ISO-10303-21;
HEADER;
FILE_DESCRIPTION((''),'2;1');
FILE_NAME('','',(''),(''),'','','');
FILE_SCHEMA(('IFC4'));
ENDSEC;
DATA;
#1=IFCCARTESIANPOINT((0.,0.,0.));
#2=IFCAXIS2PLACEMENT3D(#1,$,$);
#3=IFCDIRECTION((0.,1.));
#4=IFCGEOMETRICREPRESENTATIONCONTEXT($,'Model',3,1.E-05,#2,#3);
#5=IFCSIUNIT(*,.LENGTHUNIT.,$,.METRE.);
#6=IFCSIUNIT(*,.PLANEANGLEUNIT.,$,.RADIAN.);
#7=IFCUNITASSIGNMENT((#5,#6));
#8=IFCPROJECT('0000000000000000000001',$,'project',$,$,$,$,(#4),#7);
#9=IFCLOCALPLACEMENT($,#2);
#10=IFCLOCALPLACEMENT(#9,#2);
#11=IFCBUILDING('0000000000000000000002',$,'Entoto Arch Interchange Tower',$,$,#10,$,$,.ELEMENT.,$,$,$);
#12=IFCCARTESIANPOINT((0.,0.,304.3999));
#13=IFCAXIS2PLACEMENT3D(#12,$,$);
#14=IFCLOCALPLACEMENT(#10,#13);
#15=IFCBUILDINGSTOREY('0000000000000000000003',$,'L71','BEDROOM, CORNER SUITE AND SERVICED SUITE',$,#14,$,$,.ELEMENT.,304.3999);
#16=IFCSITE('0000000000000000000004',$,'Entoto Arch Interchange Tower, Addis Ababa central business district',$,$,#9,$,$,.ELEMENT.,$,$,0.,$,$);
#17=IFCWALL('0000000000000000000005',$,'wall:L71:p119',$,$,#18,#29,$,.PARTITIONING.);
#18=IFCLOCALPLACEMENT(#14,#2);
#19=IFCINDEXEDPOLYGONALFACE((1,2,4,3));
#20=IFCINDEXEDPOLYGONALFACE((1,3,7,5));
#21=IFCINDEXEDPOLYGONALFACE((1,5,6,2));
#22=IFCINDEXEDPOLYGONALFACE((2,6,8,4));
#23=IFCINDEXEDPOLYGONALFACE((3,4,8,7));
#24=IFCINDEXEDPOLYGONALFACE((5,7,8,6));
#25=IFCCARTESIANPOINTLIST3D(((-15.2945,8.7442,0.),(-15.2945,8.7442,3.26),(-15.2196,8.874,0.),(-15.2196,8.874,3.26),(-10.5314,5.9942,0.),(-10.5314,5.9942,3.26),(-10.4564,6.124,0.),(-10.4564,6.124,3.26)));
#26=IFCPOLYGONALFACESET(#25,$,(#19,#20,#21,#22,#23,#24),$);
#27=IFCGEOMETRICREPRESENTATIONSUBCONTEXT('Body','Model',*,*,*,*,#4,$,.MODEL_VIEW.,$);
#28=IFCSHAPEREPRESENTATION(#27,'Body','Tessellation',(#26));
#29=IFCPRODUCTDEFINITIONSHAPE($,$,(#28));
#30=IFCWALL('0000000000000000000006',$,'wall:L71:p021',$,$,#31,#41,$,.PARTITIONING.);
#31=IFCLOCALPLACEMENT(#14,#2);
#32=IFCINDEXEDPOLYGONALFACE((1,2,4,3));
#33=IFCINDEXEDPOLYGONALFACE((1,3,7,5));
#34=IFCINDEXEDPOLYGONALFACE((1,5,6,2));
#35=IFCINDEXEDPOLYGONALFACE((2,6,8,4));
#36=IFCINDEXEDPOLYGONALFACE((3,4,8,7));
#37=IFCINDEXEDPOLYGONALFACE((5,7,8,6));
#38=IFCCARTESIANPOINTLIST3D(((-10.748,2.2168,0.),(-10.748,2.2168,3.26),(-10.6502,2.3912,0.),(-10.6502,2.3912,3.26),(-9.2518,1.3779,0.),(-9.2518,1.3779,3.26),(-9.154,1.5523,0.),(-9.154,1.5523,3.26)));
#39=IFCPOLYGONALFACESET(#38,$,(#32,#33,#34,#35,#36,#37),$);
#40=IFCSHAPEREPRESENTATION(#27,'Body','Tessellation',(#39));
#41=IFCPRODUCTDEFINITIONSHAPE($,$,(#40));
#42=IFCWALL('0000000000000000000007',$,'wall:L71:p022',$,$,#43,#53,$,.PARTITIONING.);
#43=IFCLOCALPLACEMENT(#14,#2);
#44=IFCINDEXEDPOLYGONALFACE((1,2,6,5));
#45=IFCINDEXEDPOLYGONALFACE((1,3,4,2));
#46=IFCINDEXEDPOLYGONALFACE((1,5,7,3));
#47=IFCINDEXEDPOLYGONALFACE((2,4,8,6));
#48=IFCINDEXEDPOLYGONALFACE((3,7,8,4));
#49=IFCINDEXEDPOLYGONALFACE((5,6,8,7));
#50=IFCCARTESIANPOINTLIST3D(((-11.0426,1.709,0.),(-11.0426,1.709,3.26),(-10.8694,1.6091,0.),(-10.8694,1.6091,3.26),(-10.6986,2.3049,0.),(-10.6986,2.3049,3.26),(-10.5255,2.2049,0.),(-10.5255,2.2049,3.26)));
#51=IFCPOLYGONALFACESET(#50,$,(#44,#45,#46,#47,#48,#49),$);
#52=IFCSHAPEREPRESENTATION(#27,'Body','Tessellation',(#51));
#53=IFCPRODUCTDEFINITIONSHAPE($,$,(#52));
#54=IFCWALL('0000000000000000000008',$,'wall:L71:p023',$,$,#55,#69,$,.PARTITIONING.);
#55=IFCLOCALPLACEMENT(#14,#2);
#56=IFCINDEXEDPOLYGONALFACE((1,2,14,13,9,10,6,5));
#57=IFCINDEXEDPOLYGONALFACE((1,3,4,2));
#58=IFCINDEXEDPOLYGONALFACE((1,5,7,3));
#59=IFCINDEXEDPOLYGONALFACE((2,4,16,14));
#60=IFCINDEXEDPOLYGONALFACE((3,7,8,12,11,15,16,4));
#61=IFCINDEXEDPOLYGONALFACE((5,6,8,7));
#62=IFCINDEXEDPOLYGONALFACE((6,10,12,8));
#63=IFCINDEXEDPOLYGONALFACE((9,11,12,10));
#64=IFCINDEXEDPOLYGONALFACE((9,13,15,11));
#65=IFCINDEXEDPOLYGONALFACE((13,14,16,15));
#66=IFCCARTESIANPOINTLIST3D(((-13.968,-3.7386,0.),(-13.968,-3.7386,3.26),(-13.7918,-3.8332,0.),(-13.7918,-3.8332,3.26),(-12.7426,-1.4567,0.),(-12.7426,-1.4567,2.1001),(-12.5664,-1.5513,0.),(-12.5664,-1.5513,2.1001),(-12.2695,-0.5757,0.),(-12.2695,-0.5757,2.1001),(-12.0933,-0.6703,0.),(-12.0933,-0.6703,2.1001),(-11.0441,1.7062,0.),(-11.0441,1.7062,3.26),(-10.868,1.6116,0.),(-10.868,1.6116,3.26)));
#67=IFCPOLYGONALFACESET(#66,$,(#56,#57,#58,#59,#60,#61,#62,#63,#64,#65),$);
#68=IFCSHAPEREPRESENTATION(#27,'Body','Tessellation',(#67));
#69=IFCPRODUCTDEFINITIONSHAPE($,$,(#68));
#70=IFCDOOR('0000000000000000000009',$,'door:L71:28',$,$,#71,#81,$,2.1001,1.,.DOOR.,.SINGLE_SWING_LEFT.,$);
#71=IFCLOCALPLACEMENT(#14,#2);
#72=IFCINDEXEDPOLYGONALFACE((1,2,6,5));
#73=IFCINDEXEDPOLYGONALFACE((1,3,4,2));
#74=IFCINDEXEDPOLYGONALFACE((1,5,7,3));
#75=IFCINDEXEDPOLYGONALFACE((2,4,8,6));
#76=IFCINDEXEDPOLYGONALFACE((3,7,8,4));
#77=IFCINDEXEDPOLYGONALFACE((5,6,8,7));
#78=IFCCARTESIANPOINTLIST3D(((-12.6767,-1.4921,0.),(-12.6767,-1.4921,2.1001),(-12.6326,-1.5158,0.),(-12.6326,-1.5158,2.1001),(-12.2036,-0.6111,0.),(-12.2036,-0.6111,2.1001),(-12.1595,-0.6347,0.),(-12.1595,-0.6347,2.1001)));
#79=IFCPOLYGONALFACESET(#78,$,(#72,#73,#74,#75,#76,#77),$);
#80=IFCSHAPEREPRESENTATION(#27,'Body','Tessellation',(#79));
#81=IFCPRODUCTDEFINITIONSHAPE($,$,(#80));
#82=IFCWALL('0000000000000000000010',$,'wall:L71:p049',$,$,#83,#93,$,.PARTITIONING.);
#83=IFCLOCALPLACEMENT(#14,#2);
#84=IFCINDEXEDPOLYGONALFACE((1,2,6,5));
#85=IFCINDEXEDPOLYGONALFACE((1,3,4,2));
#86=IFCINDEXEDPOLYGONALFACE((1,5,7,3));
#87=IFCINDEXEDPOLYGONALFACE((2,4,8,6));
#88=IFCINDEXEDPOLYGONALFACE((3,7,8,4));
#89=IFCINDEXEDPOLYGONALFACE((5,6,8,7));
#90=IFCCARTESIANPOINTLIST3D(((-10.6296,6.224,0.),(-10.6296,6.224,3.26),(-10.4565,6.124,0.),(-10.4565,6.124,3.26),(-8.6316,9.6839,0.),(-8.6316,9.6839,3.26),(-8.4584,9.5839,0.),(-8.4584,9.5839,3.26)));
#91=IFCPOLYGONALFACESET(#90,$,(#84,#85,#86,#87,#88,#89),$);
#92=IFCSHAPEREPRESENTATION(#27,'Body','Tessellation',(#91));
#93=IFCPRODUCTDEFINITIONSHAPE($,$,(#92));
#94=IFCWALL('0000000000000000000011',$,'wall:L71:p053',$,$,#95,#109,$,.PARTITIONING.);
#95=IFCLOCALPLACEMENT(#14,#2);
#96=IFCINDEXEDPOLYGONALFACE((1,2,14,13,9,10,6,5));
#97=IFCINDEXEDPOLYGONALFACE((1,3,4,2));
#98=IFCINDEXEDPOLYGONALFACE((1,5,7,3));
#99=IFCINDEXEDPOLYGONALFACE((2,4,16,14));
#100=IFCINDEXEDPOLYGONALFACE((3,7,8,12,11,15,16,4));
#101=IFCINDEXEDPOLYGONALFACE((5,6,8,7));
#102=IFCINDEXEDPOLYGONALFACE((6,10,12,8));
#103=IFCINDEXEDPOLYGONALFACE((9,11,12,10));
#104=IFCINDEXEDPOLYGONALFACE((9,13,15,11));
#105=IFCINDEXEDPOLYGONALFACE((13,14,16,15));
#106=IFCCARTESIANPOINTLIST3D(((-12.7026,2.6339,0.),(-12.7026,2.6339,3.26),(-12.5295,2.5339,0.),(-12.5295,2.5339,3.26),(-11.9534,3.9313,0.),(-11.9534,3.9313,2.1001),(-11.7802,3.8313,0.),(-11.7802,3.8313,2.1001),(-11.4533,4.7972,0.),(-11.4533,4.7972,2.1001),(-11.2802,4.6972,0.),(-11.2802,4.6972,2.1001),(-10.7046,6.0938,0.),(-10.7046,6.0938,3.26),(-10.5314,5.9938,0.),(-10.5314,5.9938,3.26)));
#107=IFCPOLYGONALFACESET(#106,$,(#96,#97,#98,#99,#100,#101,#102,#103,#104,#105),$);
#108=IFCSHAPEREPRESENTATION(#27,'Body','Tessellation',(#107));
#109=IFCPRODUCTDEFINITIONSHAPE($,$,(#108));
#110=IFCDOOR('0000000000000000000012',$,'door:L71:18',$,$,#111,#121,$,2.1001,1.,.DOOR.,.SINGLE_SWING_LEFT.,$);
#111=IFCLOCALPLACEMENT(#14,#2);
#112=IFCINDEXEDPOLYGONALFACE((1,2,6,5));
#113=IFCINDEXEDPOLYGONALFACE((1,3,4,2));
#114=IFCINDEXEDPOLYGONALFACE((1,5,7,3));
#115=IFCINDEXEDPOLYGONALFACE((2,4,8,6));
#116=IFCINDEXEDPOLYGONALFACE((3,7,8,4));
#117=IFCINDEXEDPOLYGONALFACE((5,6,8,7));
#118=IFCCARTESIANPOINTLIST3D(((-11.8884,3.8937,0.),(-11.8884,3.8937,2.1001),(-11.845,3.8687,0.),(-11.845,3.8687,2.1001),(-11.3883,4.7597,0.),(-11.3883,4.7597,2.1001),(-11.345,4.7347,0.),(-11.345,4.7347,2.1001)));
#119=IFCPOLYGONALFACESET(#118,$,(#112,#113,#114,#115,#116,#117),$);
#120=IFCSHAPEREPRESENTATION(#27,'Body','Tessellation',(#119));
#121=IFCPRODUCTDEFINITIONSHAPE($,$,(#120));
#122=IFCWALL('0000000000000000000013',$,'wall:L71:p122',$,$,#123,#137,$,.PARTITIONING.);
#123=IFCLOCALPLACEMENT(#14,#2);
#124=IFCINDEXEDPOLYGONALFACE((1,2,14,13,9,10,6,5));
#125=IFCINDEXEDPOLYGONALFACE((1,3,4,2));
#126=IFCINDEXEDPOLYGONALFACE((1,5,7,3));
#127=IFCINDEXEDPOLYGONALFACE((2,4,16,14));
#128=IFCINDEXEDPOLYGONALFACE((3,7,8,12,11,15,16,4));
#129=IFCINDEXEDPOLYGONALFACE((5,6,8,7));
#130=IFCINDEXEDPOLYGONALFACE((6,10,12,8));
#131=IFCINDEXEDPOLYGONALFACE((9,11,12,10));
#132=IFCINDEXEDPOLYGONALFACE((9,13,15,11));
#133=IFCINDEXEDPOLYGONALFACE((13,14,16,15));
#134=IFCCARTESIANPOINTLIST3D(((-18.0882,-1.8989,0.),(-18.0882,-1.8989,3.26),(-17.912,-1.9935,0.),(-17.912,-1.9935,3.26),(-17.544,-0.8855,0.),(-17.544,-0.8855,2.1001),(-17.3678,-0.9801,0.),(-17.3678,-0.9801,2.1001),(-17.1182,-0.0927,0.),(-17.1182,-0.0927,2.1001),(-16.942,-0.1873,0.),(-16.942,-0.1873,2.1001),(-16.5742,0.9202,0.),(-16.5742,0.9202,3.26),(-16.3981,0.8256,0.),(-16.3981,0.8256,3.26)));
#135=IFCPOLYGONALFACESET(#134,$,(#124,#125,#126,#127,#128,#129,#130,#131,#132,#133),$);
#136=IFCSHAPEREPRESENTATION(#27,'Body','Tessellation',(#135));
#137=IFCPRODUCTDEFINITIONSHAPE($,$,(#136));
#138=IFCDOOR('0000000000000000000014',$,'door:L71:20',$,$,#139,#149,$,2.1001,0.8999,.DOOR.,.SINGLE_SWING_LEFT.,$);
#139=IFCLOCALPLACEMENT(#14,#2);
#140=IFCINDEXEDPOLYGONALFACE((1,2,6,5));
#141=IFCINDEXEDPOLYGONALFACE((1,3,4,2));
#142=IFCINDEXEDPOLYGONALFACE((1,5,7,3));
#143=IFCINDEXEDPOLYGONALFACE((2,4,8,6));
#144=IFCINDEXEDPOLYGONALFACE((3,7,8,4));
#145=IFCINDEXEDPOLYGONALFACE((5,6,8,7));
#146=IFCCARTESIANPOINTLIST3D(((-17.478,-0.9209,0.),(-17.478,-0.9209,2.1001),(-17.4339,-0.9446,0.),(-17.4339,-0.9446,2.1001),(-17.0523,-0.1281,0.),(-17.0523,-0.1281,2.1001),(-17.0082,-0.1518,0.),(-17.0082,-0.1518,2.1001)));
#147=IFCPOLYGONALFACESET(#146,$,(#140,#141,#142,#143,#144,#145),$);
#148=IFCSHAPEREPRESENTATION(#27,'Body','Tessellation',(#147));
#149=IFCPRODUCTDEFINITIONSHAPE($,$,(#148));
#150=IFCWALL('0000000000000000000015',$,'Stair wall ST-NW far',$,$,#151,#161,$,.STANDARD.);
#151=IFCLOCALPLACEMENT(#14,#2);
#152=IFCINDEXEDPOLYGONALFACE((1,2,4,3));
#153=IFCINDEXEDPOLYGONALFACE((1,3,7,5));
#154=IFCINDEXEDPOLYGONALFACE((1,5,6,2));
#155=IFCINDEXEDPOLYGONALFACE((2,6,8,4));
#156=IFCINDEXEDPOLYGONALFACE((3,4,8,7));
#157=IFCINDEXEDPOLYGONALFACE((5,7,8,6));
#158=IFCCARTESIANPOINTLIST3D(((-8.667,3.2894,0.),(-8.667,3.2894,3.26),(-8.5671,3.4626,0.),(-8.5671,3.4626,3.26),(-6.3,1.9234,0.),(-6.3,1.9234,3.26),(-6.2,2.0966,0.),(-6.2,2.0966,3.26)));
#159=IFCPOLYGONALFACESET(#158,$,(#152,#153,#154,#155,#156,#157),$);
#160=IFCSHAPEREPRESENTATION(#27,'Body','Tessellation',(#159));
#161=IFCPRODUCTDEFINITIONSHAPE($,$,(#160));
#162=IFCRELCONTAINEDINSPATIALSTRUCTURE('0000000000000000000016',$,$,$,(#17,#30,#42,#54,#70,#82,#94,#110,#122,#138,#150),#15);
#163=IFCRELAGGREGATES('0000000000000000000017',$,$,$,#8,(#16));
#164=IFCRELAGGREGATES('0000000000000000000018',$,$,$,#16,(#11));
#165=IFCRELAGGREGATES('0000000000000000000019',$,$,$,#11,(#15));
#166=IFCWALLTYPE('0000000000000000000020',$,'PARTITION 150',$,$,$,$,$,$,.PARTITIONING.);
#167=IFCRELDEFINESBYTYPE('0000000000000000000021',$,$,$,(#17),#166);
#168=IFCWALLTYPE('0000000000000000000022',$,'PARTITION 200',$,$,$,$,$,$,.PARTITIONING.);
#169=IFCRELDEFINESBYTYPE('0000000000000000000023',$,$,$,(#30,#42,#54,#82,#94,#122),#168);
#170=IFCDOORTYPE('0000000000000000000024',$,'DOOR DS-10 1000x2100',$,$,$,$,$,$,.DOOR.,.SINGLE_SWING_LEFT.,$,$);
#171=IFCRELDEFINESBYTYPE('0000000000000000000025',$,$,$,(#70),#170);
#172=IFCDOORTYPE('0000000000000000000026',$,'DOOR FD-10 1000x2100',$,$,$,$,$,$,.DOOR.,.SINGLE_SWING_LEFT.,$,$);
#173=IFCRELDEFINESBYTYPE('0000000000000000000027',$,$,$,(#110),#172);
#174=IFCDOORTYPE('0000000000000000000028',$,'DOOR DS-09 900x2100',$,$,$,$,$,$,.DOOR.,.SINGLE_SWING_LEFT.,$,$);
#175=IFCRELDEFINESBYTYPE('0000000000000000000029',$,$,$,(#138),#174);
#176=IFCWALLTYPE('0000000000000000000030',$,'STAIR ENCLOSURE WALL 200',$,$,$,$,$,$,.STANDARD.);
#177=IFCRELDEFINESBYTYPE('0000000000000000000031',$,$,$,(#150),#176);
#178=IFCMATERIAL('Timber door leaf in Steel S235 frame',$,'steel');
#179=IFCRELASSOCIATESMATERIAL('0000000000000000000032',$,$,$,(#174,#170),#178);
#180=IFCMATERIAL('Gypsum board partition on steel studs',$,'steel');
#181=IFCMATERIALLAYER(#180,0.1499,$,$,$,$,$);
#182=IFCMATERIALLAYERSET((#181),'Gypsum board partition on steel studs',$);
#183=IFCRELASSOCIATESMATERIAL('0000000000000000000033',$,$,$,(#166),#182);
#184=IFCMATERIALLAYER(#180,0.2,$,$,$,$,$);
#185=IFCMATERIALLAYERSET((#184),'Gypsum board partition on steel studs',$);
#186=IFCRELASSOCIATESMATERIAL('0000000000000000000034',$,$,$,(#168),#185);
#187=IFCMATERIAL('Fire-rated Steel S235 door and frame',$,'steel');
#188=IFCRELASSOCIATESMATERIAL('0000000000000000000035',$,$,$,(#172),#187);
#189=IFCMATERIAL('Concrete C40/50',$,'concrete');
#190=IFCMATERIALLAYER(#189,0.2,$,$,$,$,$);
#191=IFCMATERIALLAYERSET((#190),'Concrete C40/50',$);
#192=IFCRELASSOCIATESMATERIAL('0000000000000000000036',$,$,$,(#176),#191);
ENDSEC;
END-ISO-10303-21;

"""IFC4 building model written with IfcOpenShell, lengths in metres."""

from ifc_helpers import new_model, si_unit, direction, frame, frame_2d, origin, place, context, subcontext, project, spatial, rectangle, extrude, material, layer, layer_set, type_object, element, fill, save


model = new_model("IFC4")

# Units and contexts
model_context = context("Model", 3, precision=1e-05, world=origin(), true_north=direction((0.0, 1.0)))
body_context = subcontext(model_context, "Body", "Model", "MODEL_VIEW")
ifc_project = project(units=[si_unit("LENGTHUNIT", "METRE"), si_unit("PLANEANGLEUNIT", "RADIAN")], contexts=[model_context])

# Site, building, storey
site_placement = place(None, origin())
site = spatial("IfcSite", under=ifc_project, at=site_placement, Name="Entoto Arch Interchange Tower, Addis Ababa central business district", CompositionType="ELEMENT", RefElevation=0.0)
building_placement = place(site_placement, origin())
building = spatial("IfcBuilding", under=site, at=building_placement, Name="Entoto Arch Interchange Tower", CompositionType="ELEMENT")
storey_placement = place(building_placement, frame((0.0, 0.0, 304.3999)))
storey = spatial("IfcBuildingStorey", under=building, at=storey_placement, Name="L71", Description="BEDROOM, CORNER SUITE AND SERVICED SUITE", CompositionType="ELEMENT", Elevation=304.3999)

# Shared definitions
ifc_material_1 = material(Name="Concrete C40/50", Category="concrete")

# Shared definitions
ifc_material_2 = material(Name="Fire-rated Steel S235 door and frame", Category="steel")

# Shared definitions
ifc_material_3 = material(Name="Gypsum board partition on steel studs", Category="steel")
ifc_material_4 = material(Name="Timber door leaf in Steel S235 frame", Category="steel")
door_type_1 = type_object("IfcDoorType", Name="DOOR DS-09 900x2100", OperationType="SINGLE_SWING_LEFT", PredefinedType="DOOR", material=ifc_material_4)

# Walls
ifc_layer_1 = layer(ifc_material_3, 0.1499)
ifc_layer_set_1 = layer_set([ifc_layer_1], Name="Gypsum board partition on steel studs")
wall_type_1 = type_object("IfcWallType", Name="PARTITION 150", PredefinedType="PARTITIONING", material=ifc_layer_set_1)
wall_1_placement = place(storey_placement, frame((-10.4939, 6.0591, 0.0), z_axis=(0.0, 0.0, 1.0), x_axis=(-0.866027, 0.499997, 0.0)))
element("IfcWall", 1, at=wall_1_placement, inside=storey, type_object=wall_type_1, Name="wall:L71:p119", PredefinedType="PARTITIONING", context=body_context, shape_type="SweptSolid", body=[
    extrude(rectangle(XDim=5.5, YDim=0.1499, at=frame_2d((2.75, 0.0))), origin(), (0.0, 0.0, 1.0), 3.26),
])
ifc_layer_2 = layer(ifc_material_3, 0.2)
ifc_layer_set_2 = layer_set([ifc_layer_2], Name="Gypsum board partition on steel studs")
wall_type_2 = type_object("IfcWallType", Name="PARTITION 200", PredefinedType="PARTITIONING", material=ifc_layer_set_2)
wall_2_placement = place(storey_placement, frame((-9.2029, 1.4651, 0.0), z_axis=(0.0, 0.0, 1.0), x_axis=(-0.872244, 0.489071, 0.0)))
element("IfcWall", 2, at=wall_2_placement, inside=storey, type_object=wall_type_2, Name="wall:L71:p021", PredefinedType="PARTITIONING", context=body_context, shape_type="SweptSolid", body=[
    extrude(rectangle(XDim=1.7153, YDim=0.2, at=frame_2d((0.8577, 0.0))), origin(), (0.0, 0.0, 1.0), 3.26),
])
wall_3_placement = place(storey_placement, frame((-10.6121, 2.2549, 0.0), z_axis=(0.0, 0.0, 1.0), x_axis=(-0.499917, -0.866073, 0.0)))
element("IfcWall", 3, at=wall_3_placement, inside=storey, type_object=wall_type_2, Name="wall:L71:p022", PredefinedType="PARTITIONING", context=body_context, shape_type="SweptSolid", body=[
    extrude(rectangle(XDim=0.688, YDim=0.2, at=frame_2d((0.344, 0.0))), origin(), (0.0, 0.0, 1.0), 3.26),
])

# Wall, opening, door
wall_4_placement = place(storey_placement, frame((-10.9561, 1.6589, 0.0), z_axis=(0.0, 0.0, 1.0), x_axis=(-0.473096, -0.881011, 0.0)))
wall_4 = element("IfcWall", 4, at=wall_4_placement, inside=storey, type_object=wall_type_2, Name="wall:L71:p023", PredefinedType="PARTITIONING", context=body_context, shape_type="SweptSolid", body=[
    extrude(rectangle(XDim=6.1802, YDim=0.2, at=frame_2d((3.0901, 0.0))), origin(), (0.0, 0.0, 1.0), 3.26),
])
opening_1_placement = place(wall_4_placement, frame((2.5901, 0.0, 0.0)))
opening_1 = element("IfcOpeningElement", 5, at=opening_1_placement, cuts=wall_4, PredefinedType="OPENING", context=body_context, shape_type="SweptSolid", body=[
    extrude(rectangle(XDim=1.0, YDim=2.1001, at=frame_2d((0.5, 1.05))), frame((0.0, 0.1099, 0.0), z_axis=(0.0, -1.0, 0.0), x_axis=(1.0, 0.0, 0.0)), (0.0, 0.0, 1.0), 0.22),
])
door_type_2 = type_object("IfcDoorType", Name="DOOR DS-10 1000x2100", OperationType="SINGLE_SWING_LEFT", PredefinedType="DOOR", material=ifc_material_4)
door_1_placement = place(opening_1_placement, origin())
door_1 = element("IfcDoor", 6, at=door_1_placement, inside=storey, type_object=door_type_2, Name="door:L71:28", OperationType="SINGLE_SWING_LEFT", OverallHeight=2.1001, OverallWidth=1.0, PredefinedType="DOOR", context=body_context, shape_type="SweptSolid", body=[
    extrude(rectangle(XDim=1.0, YDim=2.1001, at=frame_2d((0.5, 1.05))), frame((0.0, 0.0249, 0.0), z_axis=(0.0, -1.0, 0.0), x_axis=(1.0, 0.0, 0.0)), (0.0, 0.0, 1.0), 0.05),
])
fill(opening_1, door_1)

# Wall
wall_5_placement = place(storey_placement, frame((-10.543, 6.1741, 0.0), z_axis=(0.0, 0.0, 1.0), x_axis=(0.500082, 0.865978, 0.0)))
element("IfcWall", 7, at=wall_5_placement, inside=storey, type_object=wall_type_2, Name="wall:L71:p049", PredefinedType="PARTITIONING", context=body_context, shape_type="SweptSolid", body=[
    extrude(rectangle(XDim=3.9954, YDim=0.2, at=frame_2d((1.9976, 0.0))), origin(), (0.0, 0.0, 1.0), 3.26),
])

# Walls, openings, doors
wall_6_placement = place(storey_placement, frame((-12.616, 2.584, 0.0), z_axis=(0.0, 0.0, 1.0), x_axis=(0.500082, 0.865978, 0.0)))
wall_6 = element("IfcWall", 8, at=wall_6_placement, inside=storey, type_object=wall_type_2, Name="wall:L71:p053", PredefinedType="PARTITIONING", context=body_context, shape_type="SweptSolid", body=[
    extrude(rectangle(XDim=3.9954, YDim=0.2, at=frame_2d((1.9976, 0.0))), origin(), (0.0, 0.0, 1.0), 3.26),
])
opening_2_placement = place(wall_6_placement, frame((1.498, 0.0, 0.0)))
opening_2 = element("IfcOpeningElement", 9, at=opening_2_placement, cuts=wall_6, PredefinedType="OPENING", context=body_context, shape_type="SweptSolid", body=[
    extrude(rectangle(XDim=1.0, YDim=2.1001, at=frame_2d((0.5, 1.05))), frame((0.0, 0.1099, 0.0), z_axis=(0.0, -1.0, 0.0), x_axis=(1.0, 0.0, 0.0)), (0.0, 0.0, 1.0), 0.22),
])
door_type_3 = type_object("IfcDoorType", Name="DOOR FD-10 1000x2100", OperationType="SINGLE_SWING_LEFT", PredefinedType="DOOR", material=ifc_material_2)
door_2_placement = place(opening_2_placement, origin())
door_2 = element("IfcDoor", 10, at=door_2_placement, inside=storey, type_object=door_type_3, Name="door:L71:18", OperationType="SINGLE_SWING_LEFT", OverallHeight=2.1001, OverallWidth=1.0, PredefinedType="DOOR", context=body_context, shape_type="SweptSolid", body=[
    extrude(rectangle(XDim=1.0, YDim=2.1001, at=frame_2d((0.5, 1.05))), frame((0.0, 0.0249, 0.0), z_axis=(0.0, -1.0, 0.0), x_axis=(1.0, 0.0, 0.0)), (0.0, 0.0, 1.0), 0.05),
])
fill(opening_2, door_2)
wall_7_placement = place(storey_placement, frame((-16.4861, 0.873, 0.0), z_axis=(0.0, 0.0, 1.0), x_axis=(-0.473117, -0.881, 0.0)))
wall_7 = element("IfcWall", 11, at=wall_7_placement, inside=storey, type_object=wall_type_2, Name="wall:L71:p122", PredefinedType="PARTITIONING", context=body_context, shape_type="SweptSolid", body=[
    extrude(rectangle(XDim=3.2, YDim=0.2, at=frame_2d((1.6001, 0.0))), origin(), (0.0, 0.0, 1.0), 3.26),
])
opening_3_placement = place(wall_7_placement, frame((1.1499, 0.0, 0.0)))
opening_3 = element("IfcOpeningElement", 12, at=opening_3_placement, cuts=wall_7, PredefinedType="OPENING", context=body_context, shape_type="SweptSolid", body=[
    extrude(rectangle(XDim=0.8999, YDim=2.1001, at=frame_2d((0.45, 1.05))), frame((0.0, 0.1099, 0.0), z_axis=(0.0, -1.0, 0.0), x_axis=(1.0, 0.0, 0.0)), (0.0, 0.0, 1.0), 0.22),
])
door_3_placement = place(opening_3_placement, origin())
door_3 = element("IfcDoor", 13, at=door_3_placement, inside=storey, type_object=door_type_1, Name="door:L71:20", OperationType="SINGLE_SWING_LEFT", OverallHeight=2.1001, OverallWidth=0.8999, PredefinedType="DOOR", context=body_context, shape_type="SweptSolid", body=[
    extrude(rectangle(XDim=0.8999, YDim=2.1001, at=frame_2d((0.45, 1.05))), frame((0.0, 0.0249, 0.0), z_axis=(0.0, -1.0, 0.0), x_axis=(1.0, 0.0, 0.0)), (0.0, 0.0, 1.0), 0.05),
])
fill(opening_3, door_3)

# Wall
ifc_layer_3 = layer(ifc_material_1, 0.2)
ifc_layer_set_3 = layer_set([ifc_layer_3], Name="Concrete C40/50")
wall_type_3 = type_object("IfcWallType", Name="STAIR ENCLOSURE WALL 200", PredefinedType="STANDARD", material=ifc_layer_set_3)
wall_8_placement = place(storey_placement, frame((-6.25, 2.01, 0.0), z_axis=(0.0, 0.0, 1.0), x_axis=(-0.866119, 0.499838, 0.0)))
element("IfcWall", 14, at=wall_8_placement, inside=storey, type_object=wall_type_3, Name="Stair wall ST-NW far", PredefinedType="STANDARD", context=body_context, shape_type="SweptSolid", body=[
    extrude(rectangle(XDim=2.7329, YDim=0.2, at=frame_2d((1.3665, 0.0))), origin(), (0.0, 0.0, 1.0), 3.26),
])

save(model, "model.ifc")
